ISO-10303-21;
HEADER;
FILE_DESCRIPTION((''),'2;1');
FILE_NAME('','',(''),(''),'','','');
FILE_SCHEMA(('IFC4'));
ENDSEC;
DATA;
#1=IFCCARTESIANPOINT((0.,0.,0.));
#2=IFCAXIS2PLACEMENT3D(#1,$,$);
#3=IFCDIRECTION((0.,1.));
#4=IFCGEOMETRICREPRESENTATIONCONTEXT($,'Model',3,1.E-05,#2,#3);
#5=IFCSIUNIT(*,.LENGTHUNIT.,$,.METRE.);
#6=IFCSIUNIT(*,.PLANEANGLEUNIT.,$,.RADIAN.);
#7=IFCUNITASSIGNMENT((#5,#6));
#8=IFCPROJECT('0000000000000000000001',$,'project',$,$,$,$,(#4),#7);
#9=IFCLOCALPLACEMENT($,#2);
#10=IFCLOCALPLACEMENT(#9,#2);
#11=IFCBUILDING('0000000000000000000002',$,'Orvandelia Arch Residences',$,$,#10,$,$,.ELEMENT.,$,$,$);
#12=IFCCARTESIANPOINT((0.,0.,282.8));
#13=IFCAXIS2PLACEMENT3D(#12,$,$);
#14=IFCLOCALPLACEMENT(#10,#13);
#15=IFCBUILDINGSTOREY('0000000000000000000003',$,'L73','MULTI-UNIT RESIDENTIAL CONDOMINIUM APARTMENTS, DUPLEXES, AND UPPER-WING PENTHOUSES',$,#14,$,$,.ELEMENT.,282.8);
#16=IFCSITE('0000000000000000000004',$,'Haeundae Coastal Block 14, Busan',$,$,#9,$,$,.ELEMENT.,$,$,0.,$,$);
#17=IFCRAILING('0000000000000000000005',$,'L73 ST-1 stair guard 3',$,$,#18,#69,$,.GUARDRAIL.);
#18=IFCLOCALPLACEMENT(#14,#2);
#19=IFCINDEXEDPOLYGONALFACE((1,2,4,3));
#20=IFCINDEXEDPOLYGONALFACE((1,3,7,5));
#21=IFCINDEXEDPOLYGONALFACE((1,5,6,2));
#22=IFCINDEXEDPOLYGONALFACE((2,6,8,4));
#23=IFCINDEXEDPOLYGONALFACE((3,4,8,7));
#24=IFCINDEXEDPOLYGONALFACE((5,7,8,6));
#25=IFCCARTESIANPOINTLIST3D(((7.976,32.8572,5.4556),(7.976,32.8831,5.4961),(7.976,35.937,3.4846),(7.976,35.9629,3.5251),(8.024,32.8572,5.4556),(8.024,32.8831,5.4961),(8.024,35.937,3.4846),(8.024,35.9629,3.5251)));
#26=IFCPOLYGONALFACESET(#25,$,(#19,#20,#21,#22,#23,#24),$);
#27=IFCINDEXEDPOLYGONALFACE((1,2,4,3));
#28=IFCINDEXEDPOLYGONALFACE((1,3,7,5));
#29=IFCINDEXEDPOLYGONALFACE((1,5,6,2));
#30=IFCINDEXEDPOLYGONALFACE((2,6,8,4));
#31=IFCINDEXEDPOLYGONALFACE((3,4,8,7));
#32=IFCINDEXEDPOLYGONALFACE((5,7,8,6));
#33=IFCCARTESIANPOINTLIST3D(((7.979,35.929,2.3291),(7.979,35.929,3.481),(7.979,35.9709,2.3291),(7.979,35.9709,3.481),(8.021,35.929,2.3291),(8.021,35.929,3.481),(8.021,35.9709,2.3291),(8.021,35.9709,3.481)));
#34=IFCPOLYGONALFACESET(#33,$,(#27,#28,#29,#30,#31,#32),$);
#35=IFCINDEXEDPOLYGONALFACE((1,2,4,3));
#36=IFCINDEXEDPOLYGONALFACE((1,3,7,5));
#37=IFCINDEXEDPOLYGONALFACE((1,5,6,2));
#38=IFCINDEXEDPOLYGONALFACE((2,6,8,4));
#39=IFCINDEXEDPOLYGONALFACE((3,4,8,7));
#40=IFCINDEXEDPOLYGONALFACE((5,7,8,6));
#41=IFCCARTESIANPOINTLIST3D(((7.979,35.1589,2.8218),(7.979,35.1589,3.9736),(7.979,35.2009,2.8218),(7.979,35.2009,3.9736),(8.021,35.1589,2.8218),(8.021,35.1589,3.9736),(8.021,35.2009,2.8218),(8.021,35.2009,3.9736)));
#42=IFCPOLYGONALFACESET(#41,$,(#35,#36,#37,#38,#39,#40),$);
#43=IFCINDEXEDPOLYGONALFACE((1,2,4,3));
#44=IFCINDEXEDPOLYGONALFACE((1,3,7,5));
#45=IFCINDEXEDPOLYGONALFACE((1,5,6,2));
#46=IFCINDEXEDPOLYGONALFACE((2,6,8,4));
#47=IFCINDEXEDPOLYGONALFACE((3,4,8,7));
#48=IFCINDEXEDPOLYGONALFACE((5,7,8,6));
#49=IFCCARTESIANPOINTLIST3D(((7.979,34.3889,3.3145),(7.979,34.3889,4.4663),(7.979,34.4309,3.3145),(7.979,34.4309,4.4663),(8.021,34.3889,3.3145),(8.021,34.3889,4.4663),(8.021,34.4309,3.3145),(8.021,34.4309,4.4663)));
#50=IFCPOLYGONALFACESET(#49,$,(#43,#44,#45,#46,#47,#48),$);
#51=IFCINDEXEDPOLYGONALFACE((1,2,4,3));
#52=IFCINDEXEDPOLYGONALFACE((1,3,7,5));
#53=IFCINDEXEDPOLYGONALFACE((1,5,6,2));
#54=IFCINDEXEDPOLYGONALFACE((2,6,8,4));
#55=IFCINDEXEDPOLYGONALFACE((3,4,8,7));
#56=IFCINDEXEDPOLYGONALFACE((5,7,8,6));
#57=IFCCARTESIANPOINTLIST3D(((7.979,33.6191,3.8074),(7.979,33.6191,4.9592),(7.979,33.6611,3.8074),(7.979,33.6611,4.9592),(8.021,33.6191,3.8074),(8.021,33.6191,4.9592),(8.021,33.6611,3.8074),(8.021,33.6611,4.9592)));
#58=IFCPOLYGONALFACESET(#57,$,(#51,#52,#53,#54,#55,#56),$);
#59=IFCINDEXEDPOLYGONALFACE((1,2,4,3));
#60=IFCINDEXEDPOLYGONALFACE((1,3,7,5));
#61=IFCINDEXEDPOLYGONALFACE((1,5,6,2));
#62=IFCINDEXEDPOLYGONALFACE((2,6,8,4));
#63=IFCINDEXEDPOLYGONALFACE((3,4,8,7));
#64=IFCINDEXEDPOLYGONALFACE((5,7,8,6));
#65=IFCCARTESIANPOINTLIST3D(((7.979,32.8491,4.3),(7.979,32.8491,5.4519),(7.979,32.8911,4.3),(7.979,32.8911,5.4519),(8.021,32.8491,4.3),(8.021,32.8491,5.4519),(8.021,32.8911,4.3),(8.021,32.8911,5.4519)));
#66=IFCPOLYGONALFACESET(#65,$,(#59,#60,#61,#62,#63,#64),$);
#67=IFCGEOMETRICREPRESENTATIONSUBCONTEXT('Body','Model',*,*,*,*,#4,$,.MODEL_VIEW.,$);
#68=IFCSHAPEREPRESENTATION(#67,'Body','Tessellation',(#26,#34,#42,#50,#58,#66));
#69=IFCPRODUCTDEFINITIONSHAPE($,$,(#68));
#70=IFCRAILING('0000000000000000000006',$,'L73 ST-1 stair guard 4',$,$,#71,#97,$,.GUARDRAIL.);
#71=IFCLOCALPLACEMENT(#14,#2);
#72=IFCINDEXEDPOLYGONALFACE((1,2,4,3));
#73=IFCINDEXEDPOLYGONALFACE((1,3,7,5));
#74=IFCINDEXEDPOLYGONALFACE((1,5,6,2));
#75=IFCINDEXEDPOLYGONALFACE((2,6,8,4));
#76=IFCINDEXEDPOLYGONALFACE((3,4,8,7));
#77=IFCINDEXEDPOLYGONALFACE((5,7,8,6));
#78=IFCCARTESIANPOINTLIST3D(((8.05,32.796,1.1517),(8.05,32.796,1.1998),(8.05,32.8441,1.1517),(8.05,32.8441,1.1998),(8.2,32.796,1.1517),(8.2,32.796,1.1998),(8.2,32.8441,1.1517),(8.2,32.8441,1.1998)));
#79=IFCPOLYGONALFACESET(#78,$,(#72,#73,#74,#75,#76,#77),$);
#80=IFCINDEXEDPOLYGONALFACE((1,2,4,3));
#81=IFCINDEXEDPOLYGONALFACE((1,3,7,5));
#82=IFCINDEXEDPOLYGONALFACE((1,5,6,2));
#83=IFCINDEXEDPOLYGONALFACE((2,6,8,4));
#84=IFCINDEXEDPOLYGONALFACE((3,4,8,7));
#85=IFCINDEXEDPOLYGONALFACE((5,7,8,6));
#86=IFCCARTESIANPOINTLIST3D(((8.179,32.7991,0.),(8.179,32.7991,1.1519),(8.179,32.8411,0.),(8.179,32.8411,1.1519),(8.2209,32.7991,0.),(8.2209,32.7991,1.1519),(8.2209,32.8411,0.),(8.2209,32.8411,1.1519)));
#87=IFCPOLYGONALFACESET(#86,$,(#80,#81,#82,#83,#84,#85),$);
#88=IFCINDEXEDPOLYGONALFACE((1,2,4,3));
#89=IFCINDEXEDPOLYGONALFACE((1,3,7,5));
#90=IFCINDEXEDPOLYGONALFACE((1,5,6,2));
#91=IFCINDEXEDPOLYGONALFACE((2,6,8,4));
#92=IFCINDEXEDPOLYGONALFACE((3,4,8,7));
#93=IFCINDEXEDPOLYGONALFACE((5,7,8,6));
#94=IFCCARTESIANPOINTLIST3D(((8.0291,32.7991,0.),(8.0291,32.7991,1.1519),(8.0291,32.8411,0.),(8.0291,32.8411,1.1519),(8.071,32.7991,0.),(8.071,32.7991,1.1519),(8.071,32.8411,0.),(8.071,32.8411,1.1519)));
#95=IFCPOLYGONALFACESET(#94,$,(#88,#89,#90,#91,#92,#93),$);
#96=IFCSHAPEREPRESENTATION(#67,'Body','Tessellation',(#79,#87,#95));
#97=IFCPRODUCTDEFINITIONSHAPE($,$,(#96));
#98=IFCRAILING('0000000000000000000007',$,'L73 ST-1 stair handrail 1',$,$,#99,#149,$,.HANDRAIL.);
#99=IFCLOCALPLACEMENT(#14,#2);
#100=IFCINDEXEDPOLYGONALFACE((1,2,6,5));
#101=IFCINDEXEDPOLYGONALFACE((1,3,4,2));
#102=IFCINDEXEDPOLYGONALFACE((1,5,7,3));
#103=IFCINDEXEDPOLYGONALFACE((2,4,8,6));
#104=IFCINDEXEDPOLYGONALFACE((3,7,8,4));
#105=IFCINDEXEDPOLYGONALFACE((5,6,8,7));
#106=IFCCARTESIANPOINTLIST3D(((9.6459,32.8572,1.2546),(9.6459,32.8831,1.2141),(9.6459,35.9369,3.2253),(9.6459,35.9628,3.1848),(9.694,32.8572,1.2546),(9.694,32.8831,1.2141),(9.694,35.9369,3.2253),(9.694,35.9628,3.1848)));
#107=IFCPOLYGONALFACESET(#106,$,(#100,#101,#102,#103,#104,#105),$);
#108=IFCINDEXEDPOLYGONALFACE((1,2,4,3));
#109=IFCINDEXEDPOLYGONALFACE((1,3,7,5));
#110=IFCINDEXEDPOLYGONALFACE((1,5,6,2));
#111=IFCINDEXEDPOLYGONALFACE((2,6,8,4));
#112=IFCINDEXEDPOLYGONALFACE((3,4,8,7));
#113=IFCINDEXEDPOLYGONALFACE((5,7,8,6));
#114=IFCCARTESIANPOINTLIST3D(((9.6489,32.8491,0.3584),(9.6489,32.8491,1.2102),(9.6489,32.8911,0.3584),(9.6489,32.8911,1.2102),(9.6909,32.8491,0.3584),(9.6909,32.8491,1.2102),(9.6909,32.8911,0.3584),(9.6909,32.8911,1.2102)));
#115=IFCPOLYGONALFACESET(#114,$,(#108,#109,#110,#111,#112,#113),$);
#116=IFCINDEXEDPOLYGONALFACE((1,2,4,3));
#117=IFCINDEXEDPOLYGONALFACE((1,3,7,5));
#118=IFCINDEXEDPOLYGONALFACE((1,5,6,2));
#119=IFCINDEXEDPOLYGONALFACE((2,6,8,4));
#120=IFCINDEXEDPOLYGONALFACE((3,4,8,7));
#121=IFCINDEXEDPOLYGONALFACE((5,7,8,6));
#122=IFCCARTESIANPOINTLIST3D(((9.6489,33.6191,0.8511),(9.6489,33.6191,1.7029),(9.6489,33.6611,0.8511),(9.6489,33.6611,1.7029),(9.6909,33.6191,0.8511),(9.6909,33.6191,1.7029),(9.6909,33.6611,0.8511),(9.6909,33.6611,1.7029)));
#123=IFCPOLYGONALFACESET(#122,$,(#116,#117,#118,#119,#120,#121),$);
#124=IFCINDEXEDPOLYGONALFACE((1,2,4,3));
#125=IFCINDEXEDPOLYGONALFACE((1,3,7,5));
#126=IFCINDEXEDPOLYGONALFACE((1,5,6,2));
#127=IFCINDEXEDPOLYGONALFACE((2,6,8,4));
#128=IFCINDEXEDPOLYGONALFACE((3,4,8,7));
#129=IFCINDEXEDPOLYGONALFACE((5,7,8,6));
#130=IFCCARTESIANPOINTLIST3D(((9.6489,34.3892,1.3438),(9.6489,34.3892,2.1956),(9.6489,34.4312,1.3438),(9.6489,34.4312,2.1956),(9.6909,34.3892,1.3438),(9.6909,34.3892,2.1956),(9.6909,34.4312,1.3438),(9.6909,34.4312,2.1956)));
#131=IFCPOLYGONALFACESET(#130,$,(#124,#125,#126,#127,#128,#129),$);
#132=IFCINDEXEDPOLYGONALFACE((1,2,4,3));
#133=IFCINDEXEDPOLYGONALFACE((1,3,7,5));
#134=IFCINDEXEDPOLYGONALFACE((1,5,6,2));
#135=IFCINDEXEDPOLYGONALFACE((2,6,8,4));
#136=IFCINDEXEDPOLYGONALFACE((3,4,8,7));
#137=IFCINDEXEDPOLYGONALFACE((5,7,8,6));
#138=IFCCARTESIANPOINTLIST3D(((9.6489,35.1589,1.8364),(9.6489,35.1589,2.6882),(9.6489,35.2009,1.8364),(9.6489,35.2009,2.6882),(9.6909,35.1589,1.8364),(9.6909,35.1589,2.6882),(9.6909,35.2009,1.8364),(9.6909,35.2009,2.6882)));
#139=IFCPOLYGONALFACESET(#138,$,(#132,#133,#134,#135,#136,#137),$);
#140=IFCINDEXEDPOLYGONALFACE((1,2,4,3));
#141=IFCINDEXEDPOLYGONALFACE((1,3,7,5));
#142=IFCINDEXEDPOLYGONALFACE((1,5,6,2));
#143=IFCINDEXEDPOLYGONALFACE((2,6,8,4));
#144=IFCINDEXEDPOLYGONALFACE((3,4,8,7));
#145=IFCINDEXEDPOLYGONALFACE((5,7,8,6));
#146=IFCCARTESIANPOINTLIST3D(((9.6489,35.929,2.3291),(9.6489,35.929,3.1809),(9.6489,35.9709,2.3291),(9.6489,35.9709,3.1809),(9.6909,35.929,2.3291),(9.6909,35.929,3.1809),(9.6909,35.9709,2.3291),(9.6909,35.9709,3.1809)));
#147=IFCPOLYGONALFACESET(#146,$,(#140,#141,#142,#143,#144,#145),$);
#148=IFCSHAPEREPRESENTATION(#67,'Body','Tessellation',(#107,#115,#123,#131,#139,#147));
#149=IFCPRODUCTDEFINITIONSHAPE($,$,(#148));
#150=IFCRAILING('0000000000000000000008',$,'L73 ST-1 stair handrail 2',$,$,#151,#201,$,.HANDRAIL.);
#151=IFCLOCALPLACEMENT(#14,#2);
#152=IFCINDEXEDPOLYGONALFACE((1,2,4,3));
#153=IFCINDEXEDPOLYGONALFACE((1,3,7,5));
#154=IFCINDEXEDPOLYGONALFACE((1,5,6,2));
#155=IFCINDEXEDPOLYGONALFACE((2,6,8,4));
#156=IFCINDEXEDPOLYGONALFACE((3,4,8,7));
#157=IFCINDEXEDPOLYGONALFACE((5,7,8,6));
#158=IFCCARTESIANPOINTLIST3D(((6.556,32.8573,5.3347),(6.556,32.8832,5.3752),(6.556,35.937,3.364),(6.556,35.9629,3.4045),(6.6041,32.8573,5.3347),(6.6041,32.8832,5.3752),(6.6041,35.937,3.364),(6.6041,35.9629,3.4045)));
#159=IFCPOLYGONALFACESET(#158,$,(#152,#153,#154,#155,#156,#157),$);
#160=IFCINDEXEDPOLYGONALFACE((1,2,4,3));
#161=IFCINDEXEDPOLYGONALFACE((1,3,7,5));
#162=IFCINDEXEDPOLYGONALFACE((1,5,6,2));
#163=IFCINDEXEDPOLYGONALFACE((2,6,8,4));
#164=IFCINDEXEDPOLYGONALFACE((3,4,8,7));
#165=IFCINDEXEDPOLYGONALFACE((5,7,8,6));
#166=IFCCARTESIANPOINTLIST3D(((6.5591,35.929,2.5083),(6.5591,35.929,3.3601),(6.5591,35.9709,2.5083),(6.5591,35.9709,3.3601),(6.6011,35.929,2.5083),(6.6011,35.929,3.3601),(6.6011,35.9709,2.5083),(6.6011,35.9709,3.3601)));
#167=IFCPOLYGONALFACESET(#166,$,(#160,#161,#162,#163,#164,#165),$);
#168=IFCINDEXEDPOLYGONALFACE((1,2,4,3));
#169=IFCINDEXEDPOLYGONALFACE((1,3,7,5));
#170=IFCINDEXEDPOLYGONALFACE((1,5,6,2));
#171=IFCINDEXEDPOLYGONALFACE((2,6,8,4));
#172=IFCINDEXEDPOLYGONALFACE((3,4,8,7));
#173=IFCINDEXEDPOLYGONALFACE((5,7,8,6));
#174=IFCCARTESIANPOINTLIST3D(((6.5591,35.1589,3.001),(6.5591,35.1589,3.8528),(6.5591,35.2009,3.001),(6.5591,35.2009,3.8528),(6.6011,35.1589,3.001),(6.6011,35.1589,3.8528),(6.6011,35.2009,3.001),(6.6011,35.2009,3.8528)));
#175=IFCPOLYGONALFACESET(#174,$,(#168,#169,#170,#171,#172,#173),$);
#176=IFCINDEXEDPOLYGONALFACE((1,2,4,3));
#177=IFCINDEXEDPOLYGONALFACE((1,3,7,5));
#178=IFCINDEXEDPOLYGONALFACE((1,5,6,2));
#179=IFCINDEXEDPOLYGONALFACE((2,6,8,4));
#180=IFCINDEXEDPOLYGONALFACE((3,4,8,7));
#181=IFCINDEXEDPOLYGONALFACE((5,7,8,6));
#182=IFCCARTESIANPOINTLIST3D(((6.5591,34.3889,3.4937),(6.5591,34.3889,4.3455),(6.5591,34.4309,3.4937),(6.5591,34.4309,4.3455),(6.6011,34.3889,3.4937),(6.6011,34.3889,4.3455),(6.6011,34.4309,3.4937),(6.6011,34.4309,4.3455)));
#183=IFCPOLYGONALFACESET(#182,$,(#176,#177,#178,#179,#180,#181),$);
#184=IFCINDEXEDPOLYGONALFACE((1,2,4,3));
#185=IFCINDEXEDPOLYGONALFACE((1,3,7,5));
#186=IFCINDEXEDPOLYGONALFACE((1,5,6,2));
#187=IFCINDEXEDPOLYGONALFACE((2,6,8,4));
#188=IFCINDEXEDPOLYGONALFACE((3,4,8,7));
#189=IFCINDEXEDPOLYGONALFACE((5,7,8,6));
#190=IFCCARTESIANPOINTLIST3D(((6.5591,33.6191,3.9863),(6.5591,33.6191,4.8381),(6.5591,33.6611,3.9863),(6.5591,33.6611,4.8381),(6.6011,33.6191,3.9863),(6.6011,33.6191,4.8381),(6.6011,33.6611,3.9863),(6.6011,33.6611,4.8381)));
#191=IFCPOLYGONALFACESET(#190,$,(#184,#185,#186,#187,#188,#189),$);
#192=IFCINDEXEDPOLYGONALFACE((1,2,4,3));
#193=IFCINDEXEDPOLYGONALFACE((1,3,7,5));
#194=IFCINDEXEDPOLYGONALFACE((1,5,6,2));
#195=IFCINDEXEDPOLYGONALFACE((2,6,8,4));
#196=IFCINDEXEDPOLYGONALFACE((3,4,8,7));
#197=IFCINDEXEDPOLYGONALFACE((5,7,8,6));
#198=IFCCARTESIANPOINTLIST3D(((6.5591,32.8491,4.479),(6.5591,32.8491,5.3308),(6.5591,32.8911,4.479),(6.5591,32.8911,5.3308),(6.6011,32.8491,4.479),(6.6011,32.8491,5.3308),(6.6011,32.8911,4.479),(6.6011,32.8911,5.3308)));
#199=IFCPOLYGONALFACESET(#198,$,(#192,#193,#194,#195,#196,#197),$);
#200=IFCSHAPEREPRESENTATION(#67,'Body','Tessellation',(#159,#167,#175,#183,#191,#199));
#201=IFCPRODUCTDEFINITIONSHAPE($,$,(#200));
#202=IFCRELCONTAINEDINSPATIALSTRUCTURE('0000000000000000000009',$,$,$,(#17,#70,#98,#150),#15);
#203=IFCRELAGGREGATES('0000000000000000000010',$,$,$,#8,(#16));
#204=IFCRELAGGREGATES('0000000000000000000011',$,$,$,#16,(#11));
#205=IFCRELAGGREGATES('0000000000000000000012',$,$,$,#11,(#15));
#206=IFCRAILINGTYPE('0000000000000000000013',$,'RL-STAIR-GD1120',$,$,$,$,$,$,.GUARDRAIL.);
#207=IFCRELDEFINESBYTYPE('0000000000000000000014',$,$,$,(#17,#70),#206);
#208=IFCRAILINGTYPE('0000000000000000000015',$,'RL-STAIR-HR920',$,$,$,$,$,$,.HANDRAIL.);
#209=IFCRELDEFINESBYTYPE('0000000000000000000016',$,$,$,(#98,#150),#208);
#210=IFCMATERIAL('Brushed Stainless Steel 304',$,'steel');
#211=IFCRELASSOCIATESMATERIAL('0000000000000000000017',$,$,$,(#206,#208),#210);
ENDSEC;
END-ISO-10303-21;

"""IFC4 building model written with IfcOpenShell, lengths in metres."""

from ifc_helpers import new_model, si_unit, direction, frame, origin, origin_2d, place, context, subcontext, project, spatial, rectangle, extrude, material, type_object, element, save


model = new_model("IFC4")

# Units and contexts
model_context = context("Model", 3, precision=1e-05, world=origin(), true_north=direction((0.0, 1.0)))
body_context = subcontext(model_context, "Body", "Model", "MODEL_VIEW")
ifc_project = project(units=[si_unit("LENGTHUNIT", "METRE"), si_unit("PLANEANGLEUNIT", "RADIAN")], contexts=[model_context])

# Site, building, storey
site_placement = place(None, origin())
site = spatial("IfcSite", under=ifc_project, at=site_placement, Name="Haeundae Coastal Block 14, Busan", CompositionType="ELEMENT", RefElevation=0.0)
building_placement = place(site_placement, origin())
building = spatial("IfcBuilding", under=site, at=building_placement, Name="Orvandelia Arch Residences", CompositionType="ELEMENT")
storey_placement = place(building_placement, frame((0.0, 0.0, 282.8)))
storey = spatial("IfcBuildingStorey", under=building, at=storey_placement, Name="L73", Description="MULTI-UNIT RESIDENTIAL CONDOMINIUM APARTMENTS, DUPLEXES, AND UPPER-WING PENTHOUSES", CompositionType="ELEMENT", Elevation=282.8)

# Railings
ifc_material_1 = material(Name="Brushed Stainless Steel 304", Category="steel")
railing_type_1 = type_object("IfcRailingType", Name="RL-STAIR-GD1120", PredefinedType="GUARDRAIL", material=ifc_material_1)
railing_1_placement = place(storey_placement, frame((8.0, 35.95, 2.3291)))
element("IfcRailing", 1, at=railing_1_placement, inside=storey, type_object=railing_type_1, Name="L73 ST-1 stair guard 3", PredefinedType="GUARDRAIL", context=body_context, shape_type="SweptSolid", body=[
    extrude(rectangle(XDim=0.0481, YDim=0.0481, at=origin_2d()), frame((0.0, 0.0, 1.1758), z_axis=(0.0, -0.84229, 0.539025), x_axis=(1.0, 0.0, 0.0)), (0.0, 0.0, 1.0), 3.6565),
    extrude(rectangle(XDim=0.042, YDim=0.042, at=origin_2d()), origin(), (0.0, 0.0, 1.0), 1.1519),
    extrude(rectangle(XDim=0.042, YDim=0.042, at=origin_2d()), frame((0.0, -0.77, 0.4927)), (0.0, 0.0, 1.0), 1.1519),
    extrude(rectangle(XDim=0.042, YDim=0.042, at=origin_2d()), frame((0.0, -1.54, 0.9854)), (0.0, 0.0, 1.0), 1.1519),
    extrude(rectangle(XDim=0.042, YDim=0.042, at=origin_2d()), frame((0.0, -2.3098, 1.4783)), (0.0, 0.0, 1.0), 1.1519),
    extrude(rectangle(XDim=0.042, YDim=0.042, at=origin_2d()), frame((0.0, -3.0798, 1.9709)), (0.0, 0.0, 1.0), 1.1519),
])
railing_2_placement = place(storey_placement, frame((8.2, 32.8201, 0.0)))
element("IfcRailing", 2, at=railing_2_placement, inside=storey, type_object=railing_type_1, Name="L73 ST-1 stair guard 4", PredefinedType="GUARDRAIL", context=body_context, shape_type="SweptSolid", body=[
    extrude(rectangle(XDim=0.0481, YDim=0.0481, at=origin_2d()), frame((0.0, 0.0, 1.1758), z_axis=(-1.0, 0.0, 0.0), x_axis=(0.0, -1.0, 0.0)), (0.0, 0.0, 1.0), 0.1499),
    extrude(rectangle(XDim=0.042, YDim=0.042, at=origin_2d()), origin(), (0.0, 0.0, 1.0), 1.1519),
    extrude(rectangle(XDim=0.042, YDim=0.042, at=origin_2d()), frame((-0.1499, 0.0, 0.0)), (0.0, 0.0, 1.0), 1.1519),
])
railing_type_2 = type_object("IfcRailingType", Name="RL-STAIR-HR920", PredefinedType="HANDRAIL", material=ifc_material_1)
railing_3_placement = place(storey_placement, frame((9.6699, 32.8701, 0.3584)))
element("IfcRailing", 3, at=railing_3_placement, inside=storey, type_object=railing_type_2, Name="L73 ST-1 stair handrail 1", PredefinedType="HANDRAIL", context=body_context, shape_type="SweptSolid", body=[
    extrude(rectangle(XDim=0.0481, YDim=0.0481, at=origin_2d()), frame((0.0, 0.0, 0.876), z_axis=(0.0, 0.84232, 0.538978), x_axis=(-1.0, 0.0, 0.0)), (0.0, 0.0, 1.0), 3.6562),
    extrude(rectangle(XDim=0.042, YDim=0.042, at=origin_2d()), origin(), (0.0, 0.0, 1.0), 0.8518),
    extrude(rectangle(XDim=0.042, YDim=0.042, at=origin_2d()), frame((0.0, 0.77, 0.4927)), (0.0, 0.0, 1.0), 0.8518),
    extrude(rectangle(XDim=0.042, YDim=0.042, at=origin_2d()), frame((0.0, 1.54, 0.9854)), (0.0, 0.0, 1.0), 0.8518),
    extrude(rectangle(XDim=0.042, YDim=0.042, at=origin_2d()), frame((0.0, 2.3098, 1.478)), (0.0, 0.0, 1.0), 0.8518),
    extrude(rectangle(XDim=0.042, YDim=0.042, at=origin_2d()), frame((0.0, 3.0798, 1.9707)), (0.0, 0.0, 1.0), 0.8518),
])
railing_4_placement = place(storey_placement, frame((6.5801, 35.95, 2.5083)))
element("IfcRailing", 4, at=railing_4_placement, inside=storey, type_object=railing_type_2, Name="L73 ST-1 stair handrail 2", PredefinedType="HANDRAIL", context=body_context, shape_type="SweptSolid", body=[
    extrude(rectangle(XDim=0.0481, YDim=0.0481, at=origin_2d()), frame((0.0, 0.0, 0.876), z_axis=(0.0, -0.84232, 0.538978), x_axis=(1.0, 0.0, 0.0)), (0.0, 0.0, 1.0), 3.6562),
    extrude(rectangle(XDim=0.042, YDim=0.042, at=origin_2d()), origin(), (0.0, 0.0, 1.0), 0.8518),
    extrude(rectangle(XDim=0.042, YDim=0.042, at=origin_2d()), frame((0.0, -0.77, 0.4927)), (0.0, 0.0, 1.0), 0.8518),
    extrude(rectangle(XDim=0.042, YDim=0.042, at=origin_2d()), frame((0.0, -1.54, 0.9854)), (0.0, 0.0, 1.0), 0.8518),
    extrude(rectangle(XDim=0.042, YDim=0.042, at=origin_2d()), frame((0.0, -2.3098, 1.478)), (0.0, 0.0, 1.0), 0.8518),
    extrude(rectangle(XDim=0.042, YDim=0.042, at=origin_2d()), frame((0.0, -3.0798, 1.9707)), (0.0, 0.0, 1.0), 0.8518),
])

save(model, "model.ifc")
